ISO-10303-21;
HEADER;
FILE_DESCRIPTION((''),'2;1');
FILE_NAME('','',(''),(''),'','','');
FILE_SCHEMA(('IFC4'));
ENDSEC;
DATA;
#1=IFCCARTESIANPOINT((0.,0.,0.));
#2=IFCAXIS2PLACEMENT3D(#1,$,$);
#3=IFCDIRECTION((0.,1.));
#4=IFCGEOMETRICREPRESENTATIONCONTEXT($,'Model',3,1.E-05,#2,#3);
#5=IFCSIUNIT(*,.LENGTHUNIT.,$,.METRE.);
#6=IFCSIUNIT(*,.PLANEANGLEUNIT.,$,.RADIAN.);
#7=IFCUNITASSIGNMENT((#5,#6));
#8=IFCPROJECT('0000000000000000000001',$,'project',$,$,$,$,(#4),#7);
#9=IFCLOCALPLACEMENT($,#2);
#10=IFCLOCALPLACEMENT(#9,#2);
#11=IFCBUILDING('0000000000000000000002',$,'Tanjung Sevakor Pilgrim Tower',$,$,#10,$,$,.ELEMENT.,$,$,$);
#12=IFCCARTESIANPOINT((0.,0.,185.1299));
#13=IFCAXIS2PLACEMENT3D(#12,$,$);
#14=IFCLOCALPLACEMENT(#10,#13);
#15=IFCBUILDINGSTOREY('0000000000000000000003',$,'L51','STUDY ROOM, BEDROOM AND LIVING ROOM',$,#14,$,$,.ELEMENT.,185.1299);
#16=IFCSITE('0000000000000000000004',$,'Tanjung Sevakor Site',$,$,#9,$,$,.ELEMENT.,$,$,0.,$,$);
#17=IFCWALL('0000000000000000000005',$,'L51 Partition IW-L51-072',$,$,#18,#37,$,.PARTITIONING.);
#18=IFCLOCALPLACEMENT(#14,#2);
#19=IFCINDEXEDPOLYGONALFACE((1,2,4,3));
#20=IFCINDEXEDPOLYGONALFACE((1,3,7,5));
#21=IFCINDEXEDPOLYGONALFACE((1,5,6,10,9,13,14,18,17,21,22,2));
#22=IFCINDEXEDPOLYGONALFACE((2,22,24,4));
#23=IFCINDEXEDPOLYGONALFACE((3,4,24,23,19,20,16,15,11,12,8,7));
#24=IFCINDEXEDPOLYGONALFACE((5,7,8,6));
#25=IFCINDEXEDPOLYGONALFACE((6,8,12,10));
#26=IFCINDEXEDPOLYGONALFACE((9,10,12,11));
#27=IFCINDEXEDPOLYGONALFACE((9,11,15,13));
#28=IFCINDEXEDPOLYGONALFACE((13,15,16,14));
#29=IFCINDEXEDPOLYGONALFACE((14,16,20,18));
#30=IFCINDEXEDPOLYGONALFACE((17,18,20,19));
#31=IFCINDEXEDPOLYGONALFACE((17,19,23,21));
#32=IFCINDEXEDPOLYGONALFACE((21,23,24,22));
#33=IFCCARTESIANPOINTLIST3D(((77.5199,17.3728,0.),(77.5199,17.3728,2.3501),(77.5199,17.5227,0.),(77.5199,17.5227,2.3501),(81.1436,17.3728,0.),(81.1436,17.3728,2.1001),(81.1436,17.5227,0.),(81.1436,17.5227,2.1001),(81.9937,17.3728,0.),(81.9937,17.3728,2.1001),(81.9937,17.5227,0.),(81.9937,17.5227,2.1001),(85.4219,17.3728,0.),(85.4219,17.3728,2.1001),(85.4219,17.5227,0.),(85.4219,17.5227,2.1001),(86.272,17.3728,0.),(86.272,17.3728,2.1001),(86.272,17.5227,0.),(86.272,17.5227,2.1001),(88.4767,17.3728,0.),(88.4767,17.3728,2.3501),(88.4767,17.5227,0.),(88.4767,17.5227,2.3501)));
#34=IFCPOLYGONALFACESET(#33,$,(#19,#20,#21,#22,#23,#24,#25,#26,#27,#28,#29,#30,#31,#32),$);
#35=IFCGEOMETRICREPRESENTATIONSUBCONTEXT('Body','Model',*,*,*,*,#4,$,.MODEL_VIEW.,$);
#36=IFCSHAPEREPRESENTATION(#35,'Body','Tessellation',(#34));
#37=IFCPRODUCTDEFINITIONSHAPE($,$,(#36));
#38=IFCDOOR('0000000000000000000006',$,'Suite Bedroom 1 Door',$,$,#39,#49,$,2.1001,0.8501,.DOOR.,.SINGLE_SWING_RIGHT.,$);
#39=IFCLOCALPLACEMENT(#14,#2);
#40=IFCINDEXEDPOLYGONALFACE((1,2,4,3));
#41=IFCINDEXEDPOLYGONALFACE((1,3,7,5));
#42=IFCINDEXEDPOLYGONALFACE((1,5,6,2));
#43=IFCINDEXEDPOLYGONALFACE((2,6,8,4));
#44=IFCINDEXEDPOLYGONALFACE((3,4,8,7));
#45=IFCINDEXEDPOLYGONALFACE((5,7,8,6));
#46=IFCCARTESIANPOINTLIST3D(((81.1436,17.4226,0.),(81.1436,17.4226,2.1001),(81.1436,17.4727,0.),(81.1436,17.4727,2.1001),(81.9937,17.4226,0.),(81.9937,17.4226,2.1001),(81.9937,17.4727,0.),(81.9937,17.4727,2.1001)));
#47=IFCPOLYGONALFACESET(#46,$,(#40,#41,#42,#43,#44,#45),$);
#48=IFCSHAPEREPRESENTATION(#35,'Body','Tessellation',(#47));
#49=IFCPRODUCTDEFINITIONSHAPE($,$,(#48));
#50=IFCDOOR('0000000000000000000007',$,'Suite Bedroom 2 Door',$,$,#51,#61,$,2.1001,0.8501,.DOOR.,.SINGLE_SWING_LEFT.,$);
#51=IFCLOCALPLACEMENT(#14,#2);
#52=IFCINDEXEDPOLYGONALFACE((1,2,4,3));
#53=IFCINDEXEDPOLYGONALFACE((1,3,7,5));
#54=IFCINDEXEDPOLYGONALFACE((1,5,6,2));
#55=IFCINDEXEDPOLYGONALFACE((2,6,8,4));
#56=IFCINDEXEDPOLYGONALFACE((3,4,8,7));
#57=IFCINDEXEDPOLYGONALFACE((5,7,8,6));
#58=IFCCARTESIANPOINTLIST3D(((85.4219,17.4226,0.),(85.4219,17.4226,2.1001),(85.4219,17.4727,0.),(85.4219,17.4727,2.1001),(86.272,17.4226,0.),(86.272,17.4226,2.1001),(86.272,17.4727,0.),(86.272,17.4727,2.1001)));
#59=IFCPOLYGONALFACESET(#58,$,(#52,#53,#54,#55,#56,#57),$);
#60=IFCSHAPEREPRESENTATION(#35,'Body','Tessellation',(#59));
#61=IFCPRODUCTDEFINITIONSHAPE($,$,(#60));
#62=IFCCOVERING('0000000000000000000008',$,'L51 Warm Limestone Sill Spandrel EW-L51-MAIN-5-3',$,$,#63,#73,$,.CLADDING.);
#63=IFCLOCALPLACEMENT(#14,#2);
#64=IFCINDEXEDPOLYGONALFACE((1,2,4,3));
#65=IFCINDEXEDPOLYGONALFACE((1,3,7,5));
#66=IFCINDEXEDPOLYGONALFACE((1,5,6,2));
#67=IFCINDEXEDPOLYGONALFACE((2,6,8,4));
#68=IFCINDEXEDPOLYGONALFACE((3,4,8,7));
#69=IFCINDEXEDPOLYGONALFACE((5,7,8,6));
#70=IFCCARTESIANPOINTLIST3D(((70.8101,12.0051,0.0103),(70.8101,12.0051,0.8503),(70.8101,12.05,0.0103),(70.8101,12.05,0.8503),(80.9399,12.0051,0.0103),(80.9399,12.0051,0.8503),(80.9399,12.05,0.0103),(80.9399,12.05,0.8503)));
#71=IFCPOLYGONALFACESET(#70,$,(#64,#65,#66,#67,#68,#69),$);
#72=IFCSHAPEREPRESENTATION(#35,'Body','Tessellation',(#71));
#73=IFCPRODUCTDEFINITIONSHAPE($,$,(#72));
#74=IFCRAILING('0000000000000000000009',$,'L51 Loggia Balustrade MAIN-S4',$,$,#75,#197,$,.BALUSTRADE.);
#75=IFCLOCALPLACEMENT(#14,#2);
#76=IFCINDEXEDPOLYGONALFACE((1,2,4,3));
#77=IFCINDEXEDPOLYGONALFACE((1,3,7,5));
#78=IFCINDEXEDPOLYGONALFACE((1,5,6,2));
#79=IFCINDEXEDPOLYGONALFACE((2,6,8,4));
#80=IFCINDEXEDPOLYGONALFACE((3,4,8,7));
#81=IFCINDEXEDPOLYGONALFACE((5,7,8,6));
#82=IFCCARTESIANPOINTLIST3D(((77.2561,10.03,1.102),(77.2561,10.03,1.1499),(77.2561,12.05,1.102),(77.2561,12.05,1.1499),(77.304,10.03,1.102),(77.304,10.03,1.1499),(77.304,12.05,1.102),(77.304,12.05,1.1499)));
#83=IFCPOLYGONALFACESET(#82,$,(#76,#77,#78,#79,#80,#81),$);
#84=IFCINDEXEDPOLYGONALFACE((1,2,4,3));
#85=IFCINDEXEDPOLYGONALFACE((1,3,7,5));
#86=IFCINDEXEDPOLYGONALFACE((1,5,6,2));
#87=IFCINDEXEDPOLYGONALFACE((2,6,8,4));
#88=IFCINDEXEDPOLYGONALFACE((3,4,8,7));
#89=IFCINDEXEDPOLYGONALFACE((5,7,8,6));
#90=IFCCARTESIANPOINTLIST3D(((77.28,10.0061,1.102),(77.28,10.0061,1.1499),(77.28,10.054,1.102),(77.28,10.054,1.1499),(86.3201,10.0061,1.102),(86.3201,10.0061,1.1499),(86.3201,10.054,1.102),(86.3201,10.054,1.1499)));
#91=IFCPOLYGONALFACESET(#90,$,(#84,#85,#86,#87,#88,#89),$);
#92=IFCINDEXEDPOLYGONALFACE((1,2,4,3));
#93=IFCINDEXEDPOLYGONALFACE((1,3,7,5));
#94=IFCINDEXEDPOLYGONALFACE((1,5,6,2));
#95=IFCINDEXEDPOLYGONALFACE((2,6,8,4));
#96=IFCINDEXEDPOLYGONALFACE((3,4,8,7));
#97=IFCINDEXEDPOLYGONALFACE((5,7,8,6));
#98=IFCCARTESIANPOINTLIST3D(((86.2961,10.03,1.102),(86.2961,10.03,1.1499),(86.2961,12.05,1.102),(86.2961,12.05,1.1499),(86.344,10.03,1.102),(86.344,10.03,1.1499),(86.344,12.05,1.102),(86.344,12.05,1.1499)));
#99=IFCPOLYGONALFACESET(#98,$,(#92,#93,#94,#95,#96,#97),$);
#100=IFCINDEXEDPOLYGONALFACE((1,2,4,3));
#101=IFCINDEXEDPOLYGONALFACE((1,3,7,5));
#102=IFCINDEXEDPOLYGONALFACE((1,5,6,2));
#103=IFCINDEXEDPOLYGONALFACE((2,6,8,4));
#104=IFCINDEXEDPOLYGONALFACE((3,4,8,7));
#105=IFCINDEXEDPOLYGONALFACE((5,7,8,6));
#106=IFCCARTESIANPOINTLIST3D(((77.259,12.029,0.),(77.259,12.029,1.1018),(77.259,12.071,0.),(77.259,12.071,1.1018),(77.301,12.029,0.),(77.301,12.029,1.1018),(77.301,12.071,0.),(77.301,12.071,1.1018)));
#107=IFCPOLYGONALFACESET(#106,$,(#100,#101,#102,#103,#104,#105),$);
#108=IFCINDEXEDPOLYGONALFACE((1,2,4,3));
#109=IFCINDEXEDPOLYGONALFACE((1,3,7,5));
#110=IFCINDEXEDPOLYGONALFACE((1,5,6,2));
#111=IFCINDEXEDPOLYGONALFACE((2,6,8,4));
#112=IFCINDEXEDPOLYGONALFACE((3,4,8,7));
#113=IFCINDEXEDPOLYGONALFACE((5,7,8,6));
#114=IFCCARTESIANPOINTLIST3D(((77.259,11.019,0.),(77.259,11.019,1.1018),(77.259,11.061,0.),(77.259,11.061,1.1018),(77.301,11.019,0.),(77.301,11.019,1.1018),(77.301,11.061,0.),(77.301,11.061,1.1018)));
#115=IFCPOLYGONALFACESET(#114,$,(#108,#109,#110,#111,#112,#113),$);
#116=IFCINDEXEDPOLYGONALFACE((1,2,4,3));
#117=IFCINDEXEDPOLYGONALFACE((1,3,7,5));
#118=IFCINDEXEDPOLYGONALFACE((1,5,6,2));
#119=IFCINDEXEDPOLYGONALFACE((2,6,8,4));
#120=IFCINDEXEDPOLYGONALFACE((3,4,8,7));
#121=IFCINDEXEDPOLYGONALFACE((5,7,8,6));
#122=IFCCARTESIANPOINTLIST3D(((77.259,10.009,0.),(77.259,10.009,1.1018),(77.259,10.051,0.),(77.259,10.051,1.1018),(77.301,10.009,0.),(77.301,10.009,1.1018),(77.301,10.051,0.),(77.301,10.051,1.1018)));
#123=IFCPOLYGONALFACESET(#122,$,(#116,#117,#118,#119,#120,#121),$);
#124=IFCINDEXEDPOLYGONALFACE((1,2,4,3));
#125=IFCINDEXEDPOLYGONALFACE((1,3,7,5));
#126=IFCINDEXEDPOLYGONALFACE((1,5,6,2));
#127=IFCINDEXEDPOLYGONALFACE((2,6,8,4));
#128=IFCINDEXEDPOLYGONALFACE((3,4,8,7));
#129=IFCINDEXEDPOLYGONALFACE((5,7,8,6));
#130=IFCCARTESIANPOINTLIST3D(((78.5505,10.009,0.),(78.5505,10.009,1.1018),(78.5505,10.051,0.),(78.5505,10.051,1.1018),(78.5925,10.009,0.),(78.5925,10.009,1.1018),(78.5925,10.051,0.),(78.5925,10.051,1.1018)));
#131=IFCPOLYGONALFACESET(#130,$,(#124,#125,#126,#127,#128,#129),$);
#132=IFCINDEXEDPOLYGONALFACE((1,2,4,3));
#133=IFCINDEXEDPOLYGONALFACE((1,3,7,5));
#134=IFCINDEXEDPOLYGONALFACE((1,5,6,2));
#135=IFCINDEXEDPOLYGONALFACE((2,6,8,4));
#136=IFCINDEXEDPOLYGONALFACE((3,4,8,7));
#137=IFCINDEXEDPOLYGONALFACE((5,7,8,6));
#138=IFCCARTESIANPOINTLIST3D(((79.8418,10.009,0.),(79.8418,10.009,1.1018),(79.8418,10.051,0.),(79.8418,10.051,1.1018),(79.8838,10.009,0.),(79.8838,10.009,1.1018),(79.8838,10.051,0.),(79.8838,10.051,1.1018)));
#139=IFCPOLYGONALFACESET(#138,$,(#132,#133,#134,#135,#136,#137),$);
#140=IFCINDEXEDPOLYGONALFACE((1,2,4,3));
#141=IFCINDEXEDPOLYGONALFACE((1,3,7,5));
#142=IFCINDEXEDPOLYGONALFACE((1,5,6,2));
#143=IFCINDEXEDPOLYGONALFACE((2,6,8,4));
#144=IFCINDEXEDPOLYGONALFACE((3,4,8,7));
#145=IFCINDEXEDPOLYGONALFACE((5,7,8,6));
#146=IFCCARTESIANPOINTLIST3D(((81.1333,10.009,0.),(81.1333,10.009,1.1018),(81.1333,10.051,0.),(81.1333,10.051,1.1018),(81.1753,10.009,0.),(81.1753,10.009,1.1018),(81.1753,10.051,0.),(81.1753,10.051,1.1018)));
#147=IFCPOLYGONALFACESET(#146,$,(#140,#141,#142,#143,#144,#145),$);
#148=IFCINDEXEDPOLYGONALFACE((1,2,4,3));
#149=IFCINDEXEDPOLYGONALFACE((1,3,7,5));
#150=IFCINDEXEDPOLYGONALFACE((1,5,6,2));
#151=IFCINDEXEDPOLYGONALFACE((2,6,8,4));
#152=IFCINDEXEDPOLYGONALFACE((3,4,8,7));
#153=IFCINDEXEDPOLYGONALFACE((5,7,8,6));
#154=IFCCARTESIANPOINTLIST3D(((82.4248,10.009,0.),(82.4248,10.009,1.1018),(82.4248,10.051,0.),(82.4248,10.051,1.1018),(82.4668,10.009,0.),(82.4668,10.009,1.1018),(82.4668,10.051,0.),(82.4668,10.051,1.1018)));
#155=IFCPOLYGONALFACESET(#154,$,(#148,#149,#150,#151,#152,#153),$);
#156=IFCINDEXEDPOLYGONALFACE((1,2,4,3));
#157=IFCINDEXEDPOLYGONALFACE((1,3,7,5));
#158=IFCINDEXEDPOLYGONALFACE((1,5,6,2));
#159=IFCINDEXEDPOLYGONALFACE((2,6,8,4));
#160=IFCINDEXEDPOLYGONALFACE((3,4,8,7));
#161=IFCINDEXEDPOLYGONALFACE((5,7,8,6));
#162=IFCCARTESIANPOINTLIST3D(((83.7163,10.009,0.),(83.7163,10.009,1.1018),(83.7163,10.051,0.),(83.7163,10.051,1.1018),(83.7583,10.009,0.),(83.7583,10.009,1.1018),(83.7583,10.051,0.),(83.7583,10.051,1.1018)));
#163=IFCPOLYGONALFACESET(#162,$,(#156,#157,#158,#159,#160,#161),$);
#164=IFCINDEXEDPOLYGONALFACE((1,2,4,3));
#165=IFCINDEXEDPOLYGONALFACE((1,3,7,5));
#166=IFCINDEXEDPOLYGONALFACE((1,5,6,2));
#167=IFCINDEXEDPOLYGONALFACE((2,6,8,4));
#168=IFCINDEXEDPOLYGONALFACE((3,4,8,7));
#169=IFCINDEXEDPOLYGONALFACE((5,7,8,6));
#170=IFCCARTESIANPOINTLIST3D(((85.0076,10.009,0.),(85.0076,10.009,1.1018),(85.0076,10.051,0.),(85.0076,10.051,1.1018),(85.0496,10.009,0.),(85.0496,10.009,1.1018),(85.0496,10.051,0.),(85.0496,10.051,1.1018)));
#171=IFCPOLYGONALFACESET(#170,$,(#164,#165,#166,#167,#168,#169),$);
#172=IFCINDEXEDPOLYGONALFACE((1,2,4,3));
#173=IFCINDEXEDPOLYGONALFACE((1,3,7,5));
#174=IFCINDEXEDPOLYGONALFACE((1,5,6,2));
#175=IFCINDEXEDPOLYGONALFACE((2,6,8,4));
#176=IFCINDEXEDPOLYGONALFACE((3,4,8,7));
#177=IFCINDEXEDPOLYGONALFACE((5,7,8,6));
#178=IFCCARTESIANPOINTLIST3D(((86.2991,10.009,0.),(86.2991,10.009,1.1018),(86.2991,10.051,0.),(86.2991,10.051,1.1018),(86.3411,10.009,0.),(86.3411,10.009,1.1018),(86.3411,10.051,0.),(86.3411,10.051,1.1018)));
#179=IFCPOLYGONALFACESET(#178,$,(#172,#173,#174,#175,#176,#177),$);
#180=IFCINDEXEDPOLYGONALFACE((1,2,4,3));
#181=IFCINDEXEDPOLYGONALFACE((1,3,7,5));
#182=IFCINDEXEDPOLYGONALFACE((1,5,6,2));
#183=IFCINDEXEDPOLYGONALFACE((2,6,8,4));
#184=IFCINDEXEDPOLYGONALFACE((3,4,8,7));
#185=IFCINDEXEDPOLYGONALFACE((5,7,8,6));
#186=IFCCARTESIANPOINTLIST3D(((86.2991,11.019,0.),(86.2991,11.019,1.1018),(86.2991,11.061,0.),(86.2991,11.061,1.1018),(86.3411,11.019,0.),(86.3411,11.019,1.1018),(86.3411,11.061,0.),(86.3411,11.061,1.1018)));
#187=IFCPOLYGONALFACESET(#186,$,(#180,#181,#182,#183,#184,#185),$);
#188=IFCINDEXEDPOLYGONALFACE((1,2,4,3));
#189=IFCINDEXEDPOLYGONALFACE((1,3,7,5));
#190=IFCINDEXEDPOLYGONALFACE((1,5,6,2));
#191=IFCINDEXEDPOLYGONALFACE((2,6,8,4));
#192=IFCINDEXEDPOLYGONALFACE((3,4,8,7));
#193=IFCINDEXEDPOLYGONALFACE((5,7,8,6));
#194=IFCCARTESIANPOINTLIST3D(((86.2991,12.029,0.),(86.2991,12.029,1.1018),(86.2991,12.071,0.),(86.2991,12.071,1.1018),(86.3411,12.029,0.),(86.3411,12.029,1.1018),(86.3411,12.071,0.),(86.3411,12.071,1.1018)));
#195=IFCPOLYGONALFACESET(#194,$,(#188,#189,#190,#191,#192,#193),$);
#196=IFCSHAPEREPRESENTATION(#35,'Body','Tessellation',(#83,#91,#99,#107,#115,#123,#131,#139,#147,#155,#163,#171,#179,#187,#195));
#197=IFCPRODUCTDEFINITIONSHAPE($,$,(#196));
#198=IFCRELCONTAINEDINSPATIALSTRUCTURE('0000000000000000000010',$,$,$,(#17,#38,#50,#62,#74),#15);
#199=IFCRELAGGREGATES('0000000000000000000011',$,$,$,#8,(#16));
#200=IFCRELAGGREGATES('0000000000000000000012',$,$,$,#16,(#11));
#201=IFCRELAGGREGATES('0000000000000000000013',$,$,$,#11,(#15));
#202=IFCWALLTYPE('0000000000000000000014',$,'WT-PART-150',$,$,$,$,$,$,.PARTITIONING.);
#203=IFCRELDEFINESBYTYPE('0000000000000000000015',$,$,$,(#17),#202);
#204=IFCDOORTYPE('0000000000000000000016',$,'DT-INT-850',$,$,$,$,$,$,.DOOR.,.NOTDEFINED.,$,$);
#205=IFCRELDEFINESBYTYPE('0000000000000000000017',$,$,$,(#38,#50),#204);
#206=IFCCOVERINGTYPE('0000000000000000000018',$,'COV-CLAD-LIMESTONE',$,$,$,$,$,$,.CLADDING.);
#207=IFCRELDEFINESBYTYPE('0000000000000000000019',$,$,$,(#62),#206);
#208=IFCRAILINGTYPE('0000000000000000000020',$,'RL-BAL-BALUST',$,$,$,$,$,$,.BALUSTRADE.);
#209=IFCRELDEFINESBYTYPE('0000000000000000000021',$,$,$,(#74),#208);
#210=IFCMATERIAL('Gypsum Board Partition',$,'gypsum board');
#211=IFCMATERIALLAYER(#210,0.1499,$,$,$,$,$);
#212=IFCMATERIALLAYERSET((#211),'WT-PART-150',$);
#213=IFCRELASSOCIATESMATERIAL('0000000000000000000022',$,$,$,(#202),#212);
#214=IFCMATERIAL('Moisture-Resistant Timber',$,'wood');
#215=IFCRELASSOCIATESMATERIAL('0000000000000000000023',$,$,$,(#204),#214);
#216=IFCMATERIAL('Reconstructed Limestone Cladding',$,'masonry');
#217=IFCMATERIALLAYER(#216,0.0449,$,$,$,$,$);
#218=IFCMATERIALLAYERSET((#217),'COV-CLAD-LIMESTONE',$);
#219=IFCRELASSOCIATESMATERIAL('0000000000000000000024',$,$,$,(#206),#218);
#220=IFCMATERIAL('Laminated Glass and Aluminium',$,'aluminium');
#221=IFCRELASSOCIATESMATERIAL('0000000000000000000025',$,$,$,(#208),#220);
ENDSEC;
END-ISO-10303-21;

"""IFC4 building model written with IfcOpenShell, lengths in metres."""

from ifc_helpers import new_model, si_unit, direction, frame, frame_2d, origin, origin_2d, place, context, subcontext, project, spatial, rectangle, extrude, material, layer, layer_set, type_object, element, fill, save


model = new_model("IFC4")

# Units and contexts
model_context = context("Model", 3, precision=1e-05, world=origin(), true_north=direction((0.0, 1.0)))
body_context = subcontext(model_context, "Body", "Model", "MODEL_VIEW")
ifc_project = project(units=[si_unit("LENGTHUNIT", "METRE"), si_unit("PLANEANGLEUNIT", "RADIAN")], contexts=[model_context])

# Site, building, storey
site_placement = place(None, origin())
site = spatial("IfcSite", under=ifc_project, at=site_placement, Name="Tanjung Sevakor Site", CompositionType="ELEMENT", RefElevation=0.0)
building_placement = place(site_placement, origin())
building = spatial("IfcBuilding", under=site, at=building_placement, Name="Tanjung Sevakor Pilgrim Tower", CompositionType="ELEMENT")
storey_placement = place(building_placement, frame((0.0, 0.0, 185.1299)))
storey = spatial("IfcBuildingStorey", under=building, at=storey_placement, Name="L51", Description="STUDY ROOM, BEDROOM AND LIVING ROOM", CompositionType="ELEMENT", Elevation=185.1299)

# Shared definitions
ifc_material_1 = material(Name="Gypsum Board Partition", Category="gypsum board")
ifc_layer_1 = layer(ifc_material_1, 0.1499)
ifc_layer_set_1 = layer_set([ifc_layer_1], Name="WT-PART-150")
wall_type_1 = type_object("IfcWallType", Name="WT-PART-150", PredefinedType="PARTITIONING", material=ifc_layer_set_1)

# Wall, openings, doors
wall_1_placement = place(storey_placement, frame((77.5198, 17.4478, 0.0), z_axis=(0.0, 0.0, 1.0), x_axis=(1.0, 0.0, 0.0)))
wall_1 = element("IfcWall", 1, at=wall_1_placement, inside=storey, type_object=wall_type_1, Name="L51 Partition IW-L51-072", PredefinedType="PARTITIONING", context=body_context, shape_type="SweptSolid", body=[
    extrude(rectangle(XDim=10.9568, YDim=0.1499, at=frame_2d((5.4785, 0.0))), origin(), (0.0, 0.0, 1.0), 2.3501),
])
opening_1_placement = place(wall_1_placement, frame((3.6238, 0.0, 0.0)))
opening_1 = element("IfcOpeningElement", 2, at=opening_1_placement, cuts=wall_1, PredefinedType="OPENING", context=body_context, shape_type="SweptSolid", body=[
    extrude(rectangle(XDim=0.8501, YDim=2.1001, at=frame_2d((0.425, 1.05))), frame((0.0, 0.085, 0.0), z_axis=(0.0, -1.0, 0.0), x_axis=(1.0, 0.0, 0.0)), (0.0, 0.0, 1.0), 0.1699),
])
opening_2_placement = place(wall_1_placement, frame((7.9021, 0.0, 0.0)))
opening_2 = element("IfcOpeningElement", 3, at=opening_2_placement, cuts=wall_1, PredefinedType="OPENING", context=body_context, shape_type="SweptSolid", body=[
    extrude(rectangle(XDim=0.8501, YDim=2.1001, at=frame_2d((0.425, 1.05))), frame((0.0, 0.085, 0.0), z_axis=(0.0, -1.0, 0.0), x_axis=(1.0, 0.0, 0.0)), (0.0, 0.0, 1.0), 0.1699),
])
ifc_material_2 = material(Name="Moisture-Resistant Timber", Category="wood")
door_type_1 = type_object("IfcDoorType", Name="DT-INT-850", OperationType="NOTDEFINED", PredefinedType="DOOR", material=ifc_material_2)
door_1_placement = place(opening_1_placement, origin())
door_1 = element("IfcDoor", 4, at=door_1_placement, inside=storey, type_object=door_type_1, Name="Suite Bedroom 1 Door", OperationType="SINGLE_SWING_RIGHT", OverallHeight=2.1001, OverallWidth=0.8501, PredefinedType="DOOR", context=body_context, shape_type="SweptSolid", body=[
    extrude(rectangle(XDim=0.8501, YDim=2.1001, at=frame_2d((0.425, 1.05))), frame((0.0, 0.0249, 0.0), z_axis=(0.0, -1.0, 0.0), x_axis=(1.0, 0.0, 0.0)), (0.0, 0.0, 1.0), 0.05),
])
fill(opening_1, door_1)
door_2_placement = place(opening_2_placement, origin())
door_2 = element("IfcDoor", 5, at=door_2_placement, inside=storey, type_object=door_type_1, Name="Suite Bedroom 2 Door", OperationType="SINGLE_SWING_LEFT", OverallHeight=2.1001, OverallWidth=0.8501, PredefinedType="DOOR", context=body_context, shape_type="SweptSolid", body=[
    extrude(rectangle(XDim=0.8501, YDim=2.1001, at=frame_2d((0.425, 1.05))), frame((0.0, 0.0249, 0.0), z_axis=(0.0, -1.0, 0.0), x_axis=(1.0, 0.0, 0.0)), (0.0, 0.0, 1.0), 0.05),
])
fill(opening_2, door_2)

# Covering
ifc_material_3 = material(Name="Reconstructed Limestone Cladding", Category="masonry")
ifc_layer_2 = layer(ifc_material_3, 0.0449)
ifc_layer_set_2 = layer_set([ifc_layer_2], Name="COV-CLAD-LIMESTONE")
covering_type = type_object("IfcCoveringType", Name="COV-CLAD-LIMESTONE", PredefinedType="CLADDING", material=ifc_layer_set_2)
covering_placement = place(storey_placement, frame((75.875, 12.0276, 0.0103), z_axis=(0.0, 0.0, 1.0), x_axis=(1.0, 0.0, 0.0)))
element("IfcCovering", 6, at=covering_placement, inside=storey, type_object=covering_type, Name="L51 Warm Limestone Sill Spandrel EW-L51-MAIN-5-3", PredefinedType="CLADDING", context=body_context, shape_type="SweptSolid", body=[
    extrude(rectangle(XDim=10.1299, YDim=0.0449, at=origin_2d()), origin(), (0.0, 0.0, 1.0), 0.8401),
])

# Railing
ifc_material_4 = material(Name="Laminated Glass and Aluminium", Category="aluminium")
railing_type = type_object("IfcRailingType", Name="RL-BAL-BALUST", PredefinedType="BALUSTRADE", material=ifc_material_4)
railing_placement = place(storey_placement, frame((77.28, 12.05, 0.0)))
element("IfcRailing", 7, at=railing_placement, inside=storey, type_object=railing_type, Name="L51 Loggia Balustrade MAIN-S4", PredefinedType="BALUSTRADE", context=body_context, shape_type="SweptSolid", body=[
    extrude(rectangle(XDim=0.0479, YDim=0.0479), frame((0.0, 0.0, 1.126), z_axis=(0.0, -1.0, 0.0), x_axis=(1.0, 0.0, 0.0)), (0.0, 0.0, 1.0), 2.02),
    extrude(rectangle(XDim=0.0479, YDim=0.0479), frame((0.0, -2.02, 1.126), z_axis=(1.0, 0.0, 0.0), x_axis=(0.0, 1.0, 0.0)), (0.0, 0.0, 1.0), 9.04),
    extrude(rectangle(XDim=0.0479, YDim=0.0479), frame((9.04, -2.02, 1.126), z_axis=(0.0, 1.0, 0.0), x_axis=(-1.0, 0.0, 0.0)), (0.0, 0.0, 1.0), 2.02),
    extrude(rectangle(XDim=0.042, YDim=0.042), origin(), (0.0, 0.0, 1.0), 1.1018),
    extrude(rectangle(XDim=0.042, YDim=0.042), frame((0.0, -1.01, 0.0)), (0.0, 0.0, 1.0), 1.1018),
    extrude(rectangle(XDim=0.042, YDim=0.042), frame((0.0, -2.02, 0.0)), (0.0, 0.0, 1.0), 1.1018),
    extrude(rectangle(XDim=0.042, YDim=0.042), frame((1.2915, -2.02, 0.0)), (0.0, 0.0, 1.0), 1.1018),
    extrude(rectangle(XDim=0.042, YDim=0.042), frame((2.5828, -2.02, 0.0)), (0.0, 0.0, 1.0), 1.1018),
    extrude(rectangle(XDim=0.042, YDim=0.042), frame((3.8743, -2.02, 0.0)), (0.0, 0.0, 1.0), 1.1018),
    extrude(rectangle(XDim=0.042, YDim=0.042), frame((5.1658, -2.02, 0.0)), (0.0, 0.0, 1.0), 1.1018),
    extrude(rectangle(XDim=0.042, YDim=0.042), frame((6.4573, -2.02, 0.0)), (0.0, 0.0, 1.0), 1.1018),
    extrude(rectangle(XDim=0.042, YDim=0.042), frame((7.7485, -2.02, 0.0)), (0.0, 0.0, 1.0), 1.1018),
    extrude(rectangle(XDim=0.042, YDim=0.042), frame((9.04, -2.02, 0.0)), (0.0, 0.0, 1.0), 1.1018),
    extrude(rectangle(XDim=0.042, YDim=0.042), frame((9.04, -1.01, 0.0)), (0.0, 0.0, 1.0), 1.1018),
    extrude(rectangle(XDim=0.042, YDim=0.042), frame((9.04, 0.0, 0.0)), (0.0, 0.0, 1.0), 1.1018),
])

save(model, "model.ifc")
